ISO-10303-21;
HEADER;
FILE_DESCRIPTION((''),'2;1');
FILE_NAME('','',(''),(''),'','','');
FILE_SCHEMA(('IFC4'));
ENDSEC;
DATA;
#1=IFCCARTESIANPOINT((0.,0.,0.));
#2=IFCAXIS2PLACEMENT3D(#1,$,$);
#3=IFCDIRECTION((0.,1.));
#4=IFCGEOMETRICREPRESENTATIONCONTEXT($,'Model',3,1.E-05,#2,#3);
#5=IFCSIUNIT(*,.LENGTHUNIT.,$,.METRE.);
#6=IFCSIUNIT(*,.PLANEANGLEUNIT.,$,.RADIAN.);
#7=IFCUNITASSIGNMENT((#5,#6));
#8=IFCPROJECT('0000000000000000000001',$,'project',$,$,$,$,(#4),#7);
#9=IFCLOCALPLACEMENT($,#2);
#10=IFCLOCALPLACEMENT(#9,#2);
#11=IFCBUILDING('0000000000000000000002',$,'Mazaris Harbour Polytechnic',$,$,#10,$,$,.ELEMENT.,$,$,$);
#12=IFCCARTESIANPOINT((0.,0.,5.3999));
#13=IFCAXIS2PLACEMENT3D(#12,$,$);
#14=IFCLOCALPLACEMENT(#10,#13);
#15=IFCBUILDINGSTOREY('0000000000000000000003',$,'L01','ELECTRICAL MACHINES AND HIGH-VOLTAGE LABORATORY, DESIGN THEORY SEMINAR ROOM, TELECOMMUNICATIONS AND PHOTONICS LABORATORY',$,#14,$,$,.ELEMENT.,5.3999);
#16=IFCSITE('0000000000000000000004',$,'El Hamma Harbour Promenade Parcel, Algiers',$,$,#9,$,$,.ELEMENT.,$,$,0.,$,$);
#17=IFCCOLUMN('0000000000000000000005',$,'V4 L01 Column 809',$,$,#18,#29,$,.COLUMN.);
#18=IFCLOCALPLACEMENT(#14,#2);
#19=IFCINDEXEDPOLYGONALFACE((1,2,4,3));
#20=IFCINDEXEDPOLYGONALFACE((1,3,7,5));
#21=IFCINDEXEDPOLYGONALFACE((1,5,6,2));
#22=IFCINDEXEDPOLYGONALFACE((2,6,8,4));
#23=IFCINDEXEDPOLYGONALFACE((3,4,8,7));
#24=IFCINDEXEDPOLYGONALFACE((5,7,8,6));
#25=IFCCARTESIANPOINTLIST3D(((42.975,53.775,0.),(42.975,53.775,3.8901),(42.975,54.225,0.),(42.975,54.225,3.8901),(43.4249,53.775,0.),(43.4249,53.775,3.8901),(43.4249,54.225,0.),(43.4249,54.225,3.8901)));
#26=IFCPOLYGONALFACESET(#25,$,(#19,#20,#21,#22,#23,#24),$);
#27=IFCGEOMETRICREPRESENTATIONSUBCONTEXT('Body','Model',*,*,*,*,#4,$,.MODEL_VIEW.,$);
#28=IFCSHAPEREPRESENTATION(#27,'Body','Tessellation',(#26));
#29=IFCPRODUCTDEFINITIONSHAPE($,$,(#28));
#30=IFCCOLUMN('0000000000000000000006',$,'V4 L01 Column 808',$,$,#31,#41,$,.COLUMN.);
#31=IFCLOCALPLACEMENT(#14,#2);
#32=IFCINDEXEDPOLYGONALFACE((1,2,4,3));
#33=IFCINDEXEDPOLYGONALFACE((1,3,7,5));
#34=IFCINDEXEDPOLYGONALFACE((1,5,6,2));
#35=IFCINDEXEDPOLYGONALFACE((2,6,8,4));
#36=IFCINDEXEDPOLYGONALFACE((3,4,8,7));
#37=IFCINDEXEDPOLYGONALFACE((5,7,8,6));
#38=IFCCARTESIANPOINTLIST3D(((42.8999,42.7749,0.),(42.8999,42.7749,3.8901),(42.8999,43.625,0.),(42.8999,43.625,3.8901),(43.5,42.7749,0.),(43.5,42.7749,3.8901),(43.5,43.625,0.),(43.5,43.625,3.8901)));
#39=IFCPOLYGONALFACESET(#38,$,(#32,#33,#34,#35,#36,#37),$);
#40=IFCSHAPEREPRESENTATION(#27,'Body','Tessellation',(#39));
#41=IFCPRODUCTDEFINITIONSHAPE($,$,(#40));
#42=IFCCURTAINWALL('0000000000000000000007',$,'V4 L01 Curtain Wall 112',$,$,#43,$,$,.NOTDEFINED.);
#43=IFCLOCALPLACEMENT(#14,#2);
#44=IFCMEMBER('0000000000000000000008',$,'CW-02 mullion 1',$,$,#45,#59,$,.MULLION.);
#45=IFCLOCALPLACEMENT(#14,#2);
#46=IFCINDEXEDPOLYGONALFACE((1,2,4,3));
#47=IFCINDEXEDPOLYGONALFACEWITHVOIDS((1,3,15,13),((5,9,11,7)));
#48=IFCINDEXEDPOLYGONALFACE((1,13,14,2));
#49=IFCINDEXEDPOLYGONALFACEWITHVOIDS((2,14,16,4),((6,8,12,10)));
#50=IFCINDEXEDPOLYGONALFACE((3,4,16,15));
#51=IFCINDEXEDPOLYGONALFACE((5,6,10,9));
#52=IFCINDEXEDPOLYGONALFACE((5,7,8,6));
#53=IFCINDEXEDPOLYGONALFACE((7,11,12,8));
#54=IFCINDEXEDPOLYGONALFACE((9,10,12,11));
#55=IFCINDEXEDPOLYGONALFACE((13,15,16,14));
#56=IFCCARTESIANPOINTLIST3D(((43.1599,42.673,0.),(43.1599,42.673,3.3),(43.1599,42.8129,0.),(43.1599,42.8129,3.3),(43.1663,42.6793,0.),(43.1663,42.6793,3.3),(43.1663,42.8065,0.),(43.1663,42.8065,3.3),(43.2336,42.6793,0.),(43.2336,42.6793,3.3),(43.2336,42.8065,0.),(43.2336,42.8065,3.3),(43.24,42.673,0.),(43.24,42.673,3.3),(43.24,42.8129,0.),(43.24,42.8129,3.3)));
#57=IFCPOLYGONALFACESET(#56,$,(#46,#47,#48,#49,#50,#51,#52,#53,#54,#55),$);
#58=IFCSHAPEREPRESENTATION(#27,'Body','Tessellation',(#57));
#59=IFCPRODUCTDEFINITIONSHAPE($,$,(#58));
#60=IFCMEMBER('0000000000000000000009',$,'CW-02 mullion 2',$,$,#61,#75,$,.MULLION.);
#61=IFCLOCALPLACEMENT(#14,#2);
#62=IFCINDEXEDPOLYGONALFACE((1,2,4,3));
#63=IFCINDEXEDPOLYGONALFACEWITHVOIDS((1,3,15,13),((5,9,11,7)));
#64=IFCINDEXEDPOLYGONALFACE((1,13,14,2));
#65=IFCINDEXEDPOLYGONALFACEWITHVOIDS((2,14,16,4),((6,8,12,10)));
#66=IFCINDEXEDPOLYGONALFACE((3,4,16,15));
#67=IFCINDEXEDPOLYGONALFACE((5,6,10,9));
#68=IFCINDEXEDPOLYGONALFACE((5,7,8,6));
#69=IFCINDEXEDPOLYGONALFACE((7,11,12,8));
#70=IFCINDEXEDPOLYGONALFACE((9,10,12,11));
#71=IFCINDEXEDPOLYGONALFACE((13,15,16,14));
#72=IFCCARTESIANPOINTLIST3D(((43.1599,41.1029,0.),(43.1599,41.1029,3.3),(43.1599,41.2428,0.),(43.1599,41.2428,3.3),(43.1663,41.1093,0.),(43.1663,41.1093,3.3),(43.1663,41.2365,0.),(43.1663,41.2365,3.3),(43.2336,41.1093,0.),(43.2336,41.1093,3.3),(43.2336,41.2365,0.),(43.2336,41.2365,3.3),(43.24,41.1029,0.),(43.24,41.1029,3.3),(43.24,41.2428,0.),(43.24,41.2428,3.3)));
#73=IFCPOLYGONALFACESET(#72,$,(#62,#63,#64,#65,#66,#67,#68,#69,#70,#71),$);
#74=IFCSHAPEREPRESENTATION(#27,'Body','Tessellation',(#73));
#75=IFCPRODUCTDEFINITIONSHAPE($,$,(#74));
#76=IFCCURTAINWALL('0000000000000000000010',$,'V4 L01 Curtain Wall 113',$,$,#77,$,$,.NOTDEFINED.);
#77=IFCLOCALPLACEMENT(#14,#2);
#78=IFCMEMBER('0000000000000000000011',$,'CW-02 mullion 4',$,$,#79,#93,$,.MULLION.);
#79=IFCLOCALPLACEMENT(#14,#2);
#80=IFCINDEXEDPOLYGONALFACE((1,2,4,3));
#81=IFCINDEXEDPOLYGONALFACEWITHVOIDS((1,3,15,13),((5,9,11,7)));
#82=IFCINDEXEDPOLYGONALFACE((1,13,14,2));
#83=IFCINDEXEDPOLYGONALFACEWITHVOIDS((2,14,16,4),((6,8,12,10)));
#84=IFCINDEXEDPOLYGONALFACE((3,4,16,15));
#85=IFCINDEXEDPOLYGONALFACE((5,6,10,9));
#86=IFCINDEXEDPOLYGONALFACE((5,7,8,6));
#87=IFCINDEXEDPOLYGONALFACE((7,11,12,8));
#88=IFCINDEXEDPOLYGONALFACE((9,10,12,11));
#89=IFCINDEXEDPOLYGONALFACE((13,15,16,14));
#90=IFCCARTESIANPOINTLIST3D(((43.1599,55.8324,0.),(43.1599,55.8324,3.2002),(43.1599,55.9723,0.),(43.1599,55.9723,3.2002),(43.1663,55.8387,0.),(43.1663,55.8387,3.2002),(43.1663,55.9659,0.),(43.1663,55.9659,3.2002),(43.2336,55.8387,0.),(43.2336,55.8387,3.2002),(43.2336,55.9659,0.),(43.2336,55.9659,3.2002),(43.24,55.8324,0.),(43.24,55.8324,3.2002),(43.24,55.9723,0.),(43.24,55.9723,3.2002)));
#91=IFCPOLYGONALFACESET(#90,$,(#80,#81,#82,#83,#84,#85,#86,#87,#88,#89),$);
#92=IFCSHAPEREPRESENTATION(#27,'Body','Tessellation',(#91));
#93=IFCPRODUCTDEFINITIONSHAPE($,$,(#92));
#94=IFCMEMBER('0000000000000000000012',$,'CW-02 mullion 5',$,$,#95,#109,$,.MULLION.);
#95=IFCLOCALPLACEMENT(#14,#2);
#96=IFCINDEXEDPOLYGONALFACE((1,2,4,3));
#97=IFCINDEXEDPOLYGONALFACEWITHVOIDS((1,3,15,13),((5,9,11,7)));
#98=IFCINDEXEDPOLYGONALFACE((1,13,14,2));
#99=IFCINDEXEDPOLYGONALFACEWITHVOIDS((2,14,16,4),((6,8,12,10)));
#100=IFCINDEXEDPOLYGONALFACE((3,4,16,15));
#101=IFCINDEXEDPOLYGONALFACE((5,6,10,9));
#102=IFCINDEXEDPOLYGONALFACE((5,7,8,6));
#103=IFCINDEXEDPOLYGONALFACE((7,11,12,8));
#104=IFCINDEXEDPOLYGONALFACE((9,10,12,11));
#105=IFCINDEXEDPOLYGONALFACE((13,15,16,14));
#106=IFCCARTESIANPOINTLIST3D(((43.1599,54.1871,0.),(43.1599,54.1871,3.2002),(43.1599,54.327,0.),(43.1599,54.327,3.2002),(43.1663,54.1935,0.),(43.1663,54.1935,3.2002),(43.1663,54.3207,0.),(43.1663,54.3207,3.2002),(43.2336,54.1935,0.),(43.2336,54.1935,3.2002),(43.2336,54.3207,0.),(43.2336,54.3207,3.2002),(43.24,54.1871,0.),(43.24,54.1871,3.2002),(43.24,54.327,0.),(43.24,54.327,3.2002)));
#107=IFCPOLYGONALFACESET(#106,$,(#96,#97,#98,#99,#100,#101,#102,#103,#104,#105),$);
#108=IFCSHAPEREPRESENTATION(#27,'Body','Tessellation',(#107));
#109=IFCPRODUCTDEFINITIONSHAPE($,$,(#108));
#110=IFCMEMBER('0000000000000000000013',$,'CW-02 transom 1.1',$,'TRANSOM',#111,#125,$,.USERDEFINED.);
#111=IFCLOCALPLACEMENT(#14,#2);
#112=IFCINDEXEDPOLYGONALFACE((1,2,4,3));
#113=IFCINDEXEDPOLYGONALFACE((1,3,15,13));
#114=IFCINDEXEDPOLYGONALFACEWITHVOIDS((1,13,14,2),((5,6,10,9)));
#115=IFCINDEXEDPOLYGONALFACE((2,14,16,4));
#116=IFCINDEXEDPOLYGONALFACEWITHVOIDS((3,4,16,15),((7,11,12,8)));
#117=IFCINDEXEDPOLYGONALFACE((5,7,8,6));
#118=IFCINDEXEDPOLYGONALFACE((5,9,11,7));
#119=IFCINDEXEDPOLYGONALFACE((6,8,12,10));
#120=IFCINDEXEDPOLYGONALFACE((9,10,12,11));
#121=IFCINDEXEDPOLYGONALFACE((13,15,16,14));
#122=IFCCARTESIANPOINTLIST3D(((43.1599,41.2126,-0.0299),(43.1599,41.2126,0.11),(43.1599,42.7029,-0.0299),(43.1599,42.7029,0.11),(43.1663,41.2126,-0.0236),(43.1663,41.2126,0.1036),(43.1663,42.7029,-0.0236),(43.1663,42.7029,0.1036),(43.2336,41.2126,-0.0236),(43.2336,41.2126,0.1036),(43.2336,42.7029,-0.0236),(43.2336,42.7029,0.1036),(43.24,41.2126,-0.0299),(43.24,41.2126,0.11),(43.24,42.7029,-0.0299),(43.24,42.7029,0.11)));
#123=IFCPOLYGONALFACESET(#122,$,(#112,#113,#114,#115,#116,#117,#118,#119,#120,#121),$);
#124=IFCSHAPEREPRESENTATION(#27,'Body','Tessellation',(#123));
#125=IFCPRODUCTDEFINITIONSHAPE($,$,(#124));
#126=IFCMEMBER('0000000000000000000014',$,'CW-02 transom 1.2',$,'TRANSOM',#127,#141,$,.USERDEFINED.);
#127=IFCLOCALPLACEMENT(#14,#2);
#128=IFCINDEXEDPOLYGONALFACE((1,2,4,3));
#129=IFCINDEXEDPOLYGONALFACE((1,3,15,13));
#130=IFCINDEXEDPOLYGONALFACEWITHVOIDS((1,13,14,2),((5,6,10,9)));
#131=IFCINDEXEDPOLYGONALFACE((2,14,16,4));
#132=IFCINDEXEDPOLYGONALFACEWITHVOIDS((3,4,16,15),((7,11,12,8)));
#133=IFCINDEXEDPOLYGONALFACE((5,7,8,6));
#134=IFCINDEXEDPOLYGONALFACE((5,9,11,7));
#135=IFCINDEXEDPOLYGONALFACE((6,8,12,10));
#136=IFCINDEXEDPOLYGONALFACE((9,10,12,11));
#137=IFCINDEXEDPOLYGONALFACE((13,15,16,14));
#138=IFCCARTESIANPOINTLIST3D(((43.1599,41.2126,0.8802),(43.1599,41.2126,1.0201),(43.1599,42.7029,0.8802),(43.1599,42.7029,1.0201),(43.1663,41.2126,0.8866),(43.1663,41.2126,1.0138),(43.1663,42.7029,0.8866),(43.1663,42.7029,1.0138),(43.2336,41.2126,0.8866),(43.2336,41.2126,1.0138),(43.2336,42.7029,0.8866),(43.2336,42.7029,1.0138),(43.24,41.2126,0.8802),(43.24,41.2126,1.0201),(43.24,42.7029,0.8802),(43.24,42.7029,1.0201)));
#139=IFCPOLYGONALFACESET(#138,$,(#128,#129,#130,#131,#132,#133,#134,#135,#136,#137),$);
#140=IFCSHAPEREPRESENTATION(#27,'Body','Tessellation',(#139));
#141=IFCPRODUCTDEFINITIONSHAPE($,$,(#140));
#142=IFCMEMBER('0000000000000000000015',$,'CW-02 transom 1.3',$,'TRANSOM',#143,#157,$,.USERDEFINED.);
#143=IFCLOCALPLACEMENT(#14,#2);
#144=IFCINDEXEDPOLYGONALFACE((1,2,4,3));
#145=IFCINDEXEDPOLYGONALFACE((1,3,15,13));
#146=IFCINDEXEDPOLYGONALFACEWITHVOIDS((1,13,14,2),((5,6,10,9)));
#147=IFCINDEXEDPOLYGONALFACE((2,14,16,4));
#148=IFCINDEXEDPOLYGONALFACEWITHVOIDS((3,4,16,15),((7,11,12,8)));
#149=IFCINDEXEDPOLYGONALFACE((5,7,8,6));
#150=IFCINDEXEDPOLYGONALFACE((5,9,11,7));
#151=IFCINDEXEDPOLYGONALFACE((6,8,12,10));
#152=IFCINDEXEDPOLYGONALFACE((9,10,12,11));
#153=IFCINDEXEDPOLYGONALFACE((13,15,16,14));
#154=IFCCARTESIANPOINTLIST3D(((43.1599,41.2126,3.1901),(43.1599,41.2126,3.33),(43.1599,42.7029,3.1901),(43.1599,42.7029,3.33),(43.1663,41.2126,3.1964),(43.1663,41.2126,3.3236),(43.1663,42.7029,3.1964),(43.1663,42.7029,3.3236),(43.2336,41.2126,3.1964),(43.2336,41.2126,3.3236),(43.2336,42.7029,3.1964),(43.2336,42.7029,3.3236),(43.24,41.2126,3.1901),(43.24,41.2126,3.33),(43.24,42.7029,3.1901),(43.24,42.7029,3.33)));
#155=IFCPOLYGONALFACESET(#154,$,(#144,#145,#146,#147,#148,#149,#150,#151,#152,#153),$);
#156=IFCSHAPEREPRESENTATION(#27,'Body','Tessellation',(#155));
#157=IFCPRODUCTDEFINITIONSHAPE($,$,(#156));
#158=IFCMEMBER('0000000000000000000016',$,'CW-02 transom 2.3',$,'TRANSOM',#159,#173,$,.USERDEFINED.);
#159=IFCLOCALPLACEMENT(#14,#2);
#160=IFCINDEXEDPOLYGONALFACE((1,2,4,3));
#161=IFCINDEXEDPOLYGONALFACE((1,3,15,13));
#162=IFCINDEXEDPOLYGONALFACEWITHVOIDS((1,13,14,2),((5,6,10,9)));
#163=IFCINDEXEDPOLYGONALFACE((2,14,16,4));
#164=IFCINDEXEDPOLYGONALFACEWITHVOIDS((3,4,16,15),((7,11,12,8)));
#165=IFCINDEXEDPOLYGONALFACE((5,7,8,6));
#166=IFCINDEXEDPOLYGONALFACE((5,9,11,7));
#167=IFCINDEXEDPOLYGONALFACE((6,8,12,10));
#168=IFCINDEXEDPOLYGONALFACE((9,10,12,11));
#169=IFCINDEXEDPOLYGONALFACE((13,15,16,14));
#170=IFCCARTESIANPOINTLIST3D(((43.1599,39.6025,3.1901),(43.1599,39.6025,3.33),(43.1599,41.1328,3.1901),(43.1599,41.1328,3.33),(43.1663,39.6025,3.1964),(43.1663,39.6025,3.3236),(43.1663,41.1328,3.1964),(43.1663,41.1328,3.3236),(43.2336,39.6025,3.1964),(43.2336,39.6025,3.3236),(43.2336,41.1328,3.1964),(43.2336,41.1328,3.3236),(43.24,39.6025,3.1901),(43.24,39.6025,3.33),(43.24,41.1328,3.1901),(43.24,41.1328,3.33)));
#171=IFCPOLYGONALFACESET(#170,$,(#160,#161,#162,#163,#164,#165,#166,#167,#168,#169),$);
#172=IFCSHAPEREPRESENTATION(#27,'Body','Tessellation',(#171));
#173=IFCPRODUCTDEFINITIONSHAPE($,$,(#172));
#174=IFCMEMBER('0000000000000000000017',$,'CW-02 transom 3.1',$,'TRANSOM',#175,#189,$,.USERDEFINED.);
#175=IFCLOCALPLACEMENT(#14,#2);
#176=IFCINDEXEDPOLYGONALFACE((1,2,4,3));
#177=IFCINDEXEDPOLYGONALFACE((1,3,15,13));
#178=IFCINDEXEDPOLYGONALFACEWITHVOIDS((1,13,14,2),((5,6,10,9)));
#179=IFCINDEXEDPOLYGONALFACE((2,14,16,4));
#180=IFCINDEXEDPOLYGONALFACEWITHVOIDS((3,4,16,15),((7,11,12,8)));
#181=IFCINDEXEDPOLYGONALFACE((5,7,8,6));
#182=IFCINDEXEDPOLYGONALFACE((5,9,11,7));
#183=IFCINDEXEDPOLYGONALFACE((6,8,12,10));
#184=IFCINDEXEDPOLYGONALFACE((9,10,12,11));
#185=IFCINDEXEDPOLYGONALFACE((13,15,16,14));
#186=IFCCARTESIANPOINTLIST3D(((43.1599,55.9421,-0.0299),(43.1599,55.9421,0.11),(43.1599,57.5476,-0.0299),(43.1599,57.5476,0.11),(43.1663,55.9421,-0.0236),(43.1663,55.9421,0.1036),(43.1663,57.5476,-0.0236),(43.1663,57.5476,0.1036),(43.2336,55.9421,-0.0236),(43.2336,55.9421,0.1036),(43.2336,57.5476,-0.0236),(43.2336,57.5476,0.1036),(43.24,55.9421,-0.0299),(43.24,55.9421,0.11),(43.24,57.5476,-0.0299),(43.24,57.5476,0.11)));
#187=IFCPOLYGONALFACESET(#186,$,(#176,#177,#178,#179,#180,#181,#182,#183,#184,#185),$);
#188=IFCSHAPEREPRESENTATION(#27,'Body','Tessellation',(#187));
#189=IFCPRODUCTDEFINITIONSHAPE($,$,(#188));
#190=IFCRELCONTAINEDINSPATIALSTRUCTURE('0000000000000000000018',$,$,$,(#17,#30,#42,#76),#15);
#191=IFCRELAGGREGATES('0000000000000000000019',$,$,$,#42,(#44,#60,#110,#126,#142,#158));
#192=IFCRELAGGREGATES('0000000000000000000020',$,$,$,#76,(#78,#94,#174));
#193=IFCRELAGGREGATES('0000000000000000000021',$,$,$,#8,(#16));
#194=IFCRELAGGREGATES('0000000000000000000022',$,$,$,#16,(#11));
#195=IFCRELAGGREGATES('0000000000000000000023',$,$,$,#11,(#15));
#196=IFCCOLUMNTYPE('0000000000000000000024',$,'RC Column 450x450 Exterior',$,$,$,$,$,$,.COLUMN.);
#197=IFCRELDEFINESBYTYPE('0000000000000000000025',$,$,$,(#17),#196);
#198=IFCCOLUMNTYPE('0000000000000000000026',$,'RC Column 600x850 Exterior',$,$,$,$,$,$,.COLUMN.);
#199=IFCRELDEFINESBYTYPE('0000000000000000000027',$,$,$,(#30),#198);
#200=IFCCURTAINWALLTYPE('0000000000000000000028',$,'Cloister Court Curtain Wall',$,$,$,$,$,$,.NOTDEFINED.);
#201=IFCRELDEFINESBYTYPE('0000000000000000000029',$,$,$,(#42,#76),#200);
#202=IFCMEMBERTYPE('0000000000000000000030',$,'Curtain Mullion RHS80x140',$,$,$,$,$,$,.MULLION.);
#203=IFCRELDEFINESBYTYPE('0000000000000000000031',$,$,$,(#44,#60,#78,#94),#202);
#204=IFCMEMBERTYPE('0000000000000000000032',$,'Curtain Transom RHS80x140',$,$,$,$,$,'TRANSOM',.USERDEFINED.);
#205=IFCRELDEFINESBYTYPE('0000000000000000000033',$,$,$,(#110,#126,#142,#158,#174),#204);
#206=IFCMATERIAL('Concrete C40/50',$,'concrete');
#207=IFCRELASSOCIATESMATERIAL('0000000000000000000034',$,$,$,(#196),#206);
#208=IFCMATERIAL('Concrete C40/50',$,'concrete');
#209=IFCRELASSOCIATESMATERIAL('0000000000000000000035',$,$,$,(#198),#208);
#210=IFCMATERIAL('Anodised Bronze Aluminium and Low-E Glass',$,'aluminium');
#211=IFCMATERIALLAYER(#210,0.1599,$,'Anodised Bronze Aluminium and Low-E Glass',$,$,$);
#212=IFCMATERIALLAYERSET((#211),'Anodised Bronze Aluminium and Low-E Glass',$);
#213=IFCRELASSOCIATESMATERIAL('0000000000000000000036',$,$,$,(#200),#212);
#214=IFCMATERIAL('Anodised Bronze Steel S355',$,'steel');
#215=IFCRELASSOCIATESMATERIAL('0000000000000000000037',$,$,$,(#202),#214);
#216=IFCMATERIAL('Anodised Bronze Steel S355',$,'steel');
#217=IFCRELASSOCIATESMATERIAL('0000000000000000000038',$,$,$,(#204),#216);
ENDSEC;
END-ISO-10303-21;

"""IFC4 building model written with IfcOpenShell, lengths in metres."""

from ifc_helpers import new_model, si_unit, direction, frame, origin, origin_2d, place, context, subcontext, project, spatial, rectangle, hollow_rectangle, extrude, material, layer, layer_set, material_profile, profile_set, type_object, element, aggregate, save


model = new_model("IFC4")

# Units and contexts
model_context = context("Model", 3, precision=1e-05, world=origin(), true_north=direction((0.0, 1.0)))
body_context = subcontext(model_context, "Body", "Model", "MODEL_VIEW")
ifc_project = project(units=[si_unit("LENGTHUNIT", "METRE"), si_unit("PLANEANGLEUNIT", "RADIAN")], contexts=[model_context])

# Site, building, storey
site_placement = place(None, origin())
site = spatial("IfcSite", under=ifc_project, at=site_placement, Name="El Hamma Harbour Promenade Parcel, Algiers", CompositionType="ELEMENT", RefElevation=0.0)
building_placement = place(site_placement, origin())
building = spatial("IfcBuilding", under=site, at=building_placement, Name="Mazaris Harbour Polytechnic", CompositionType="ELEMENT")
storey_placement = place(building_placement, frame((0.0, 0.0, 5.3999)))
storey = spatial("IfcBuildingStorey", under=building, at=storey_placement, Name="L01", Description="ELECTRICAL MACHINES AND HIGH-VOLTAGE LABORATORY, DESIGN THEORY SEMINAR ROOM, TELECOMMUNICATIONS AND PHOTONICS LABORATORY", CompositionType="ELEMENT", Elevation=5.3999)

# Columns
ifc_material_1 = material(Name="Concrete C40/50", Category="concrete")
ifc_material_profile_1 = material_profile(ifc_material_1, rectangle(XDim=0.45, YDim=0.45, at=origin_2d()), Name="RECT450x450")
ifc_profile_set_1 = profile_set([ifc_material_profile_1], Name="Concrete C40/50")
column_type_1 = type_object("IfcColumnType", Name="RC Column 450x450 Exterior", PredefinedType="COLUMN", material=ifc_profile_set_1)
column_1_placement = place(storey_placement, frame((43.2, 54.0, 0.0), z_axis=(0.0, 0.0, 1.0), x_axis=(1.0, 0.0, 0.0)))
element("IfcColumn", 1, at=column_1_placement, inside=storey, type_object=column_type_1, Name="V4 L01 Column 809", PredefinedType="COLUMN", context=body_context, shape_type="SweptSolid", body=[
    extrude(rectangle(XDim=0.45, YDim=0.45, at=origin_2d()), origin(), (0.0, 0.0, 1.0), 3.8901),
])
ifc_material_2 = material(Name="Concrete C40/50", Category="concrete")
ifc_material_profile_2 = material_profile(ifc_material_2, rectangle(XDim=0.6001, YDim=0.8501, at=origin_2d()), Name="RECT600x850")
ifc_profile_set_2 = profile_set([ifc_material_profile_2], Name="Concrete C40/50")
column_type_2 = type_object("IfcColumnType", Name="RC Column 600x850 Exterior", PredefinedType="COLUMN", material=ifc_profile_set_2)
column_2_placement = place(storey_placement, frame((43.2, 43.2, 0.0), z_axis=(0.0, 0.0, 1.0), x_axis=(1.0, 0.0, 0.0)))
element("IfcColumn", 2, at=column_2_placement, inside=storey, type_object=column_type_2, Name="V4 L01 Column 808", PredefinedType="COLUMN", context=body_context, shape_type="SweptSolid", body=[
    extrude(rectangle(XDim=0.6001, YDim=0.8501, at=origin_2d()), origin(), (0.0, 0.0, 1.0), 3.8901),
])

# Curtain walls, members
ifc_material_3 = material(Name="Anodised Bronze Aluminium and Low-E Glass", Category="aluminium")
ifc_layer_1 = layer(ifc_material_3, 0.1599, Name="Anodised Bronze Aluminium and Low-E Glass")
ifc_layer_set_1 = layer_set([ifc_layer_1], Name="Anodised Bronze Aluminium and Low-E Glass")
curtain_wall_type = type_object("IfcCurtainWallType", Name="Cloister Court Curtain Wall", PredefinedType="NOTDEFINED", material=ifc_layer_set_1)
curtain_wall_1_placement = place(storey_placement, origin())
curtain_wall_1 = element("IfcCurtainWall", 3, at=curtain_wall_1_placement, inside=storey, type_object=curtain_wall_type, Name="V4 L01 Curtain Wall 112", PredefinedType="NOTDEFINED")
ifc_material_4 = material(Name="Anodised Bronze Steel S355", Category="steel")
ifc_material_profile_3 = material_profile(ifc_material_4, hollow_rectangle(XDim=0.0801, YDim=0.1399, WallThickness=0.0063, at=origin_2d()), Name="RHS 80x140x6.3")
ifc_profile_set_3 = profile_set([ifc_material_profile_3], Name="Anodised Bronze Steel S355")
member_type_1 = type_object("IfcMemberType", Name="Curtain Mullion RHS80x140", PredefinedType="MULLION", material=ifc_profile_set_3)
member_1_placement = place(storey_placement, frame((43.2, 42.7429, 0.0), z_axis=(0.0, 0.0, 1.0), x_axis=(1.0, 0.0, 0.0)))
member_1 = element("IfcMember", 4, at=member_1_placement, type_object=member_type_1, Name="CW-02 mullion 1", PredefinedType="MULLION", context=body_context, shape_type="SweptSolid", body=[
    extrude(hollow_rectangle(XDim=0.0801, YDim=0.1399, WallThickness=0.0063, at=origin_2d()), origin(), (0.0, 0.0, 1.0), 3.3),
])
member_2_placement = place(storey_placement, frame((43.2, 41.1729, 0.0), z_axis=(0.0, 0.0, 1.0), x_axis=(1.0, 0.0, 0.0)))
member_2 = element("IfcMember", 5, at=member_2_placement, type_object=member_type_1, Name="CW-02 mullion 2", PredefinedType="MULLION", context=body_context, shape_type="SweptSolid", body=[
    extrude(hollow_rectangle(XDim=0.0801, YDim=0.1399, WallThickness=0.0063, at=origin_2d()), origin(), (0.0, 0.0, 1.0), 3.3),
])
curtain_wall_2_placement = place(storey_placement, origin())
curtain_wall_2 = element("IfcCurtainWall", 6, at=curtain_wall_2_placement, inside=storey, type_object=curtain_wall_type, Name="V4 L01 Curtain Wall 113", PredefinedType="NOTDEFINED")
member_3_placement = place(storey_placement, frame((43.2, 55.9023, 0.0), z_axis=(0.0, 0.0, 1.0), x_axis=(1.0, 0.0, 0.0)))
member_3 = element("IfcMember", 7, at=member_3_placement, type_object=member_type_1, Name="CW-02 mullion 4", PredefinedType="MULLION", context=body_context, shape_type="SweptSolid", body=[
    extrude(hollow_rectangle(XDim=0.0801, YDim=0.1399, WallThickness=0.0063, at=origin_2d()), origin(), (0.0, 0.0, 1.0), 3.2002),
])
member_4_placement = place(storey_placement, frame((43.2, 54.2571, 0.0), z_axis=(0.0, 0.0, 1.0), x_axis=(1.0, 0.0, 0.0)))
member_4 = element("IfcMember", 8, at=member_4_placement, type_object=member_type_1, Name="CW-02 mullion 5", PredefinedType="MULLION", context=body_context, shape_type="SweptSolid", body=[
    extrude(hollow_rectangle(XDim=0.0801, YDim=0.1399, WallThickness=0.0063, at=origin_2d()), origin(), (0.0, 0.0, 1.0), 3.2002),
])

# Members
ifc_material_5 = material(Name="Anodised Bronze Steel S355", Category="steel")
ifc_material_profile_4 = material_profile(ifc_material_5, hollow_rectangle(XDim=0.0801, YDim=0.1399, WallThickness=0.0063, at=origin_2d()), Name="RHS 80x140x6.3")
ifc_profile_set_4 = profile_set([ifc_material_profile_4], Name="Anodised Bronze Steel S355")
member_type_2 = type_object("IfcMemberType", Name="Curtain Transom RHS80x140", ElementType="TRANSOM", PredefinedType="USERDEFINED", material=ifc_profile_set_4)
member_5_placement = place(storey_placement, frame((43.2, 42.7029, 0.04), z_axis=(0.0, -1.0, 0.0), x_axis=(1.0, 0.0, 0.0)))
member_5 = element("IfcMember", 9, at=member_5_placement, type_object=member_type_2, Name="CW-02 transom 1.1", ObjectType="TRANSOM", PredefinedType="USERDEFINED", context=body_context, shape_type="SweptSolid", body=[
    extrude(hollow_rectangle(XDim=0.0801, YDim=0.1399, WallThickness=0.0063, at=origin_2d()), origin(), (0.0, 0.0, 1.0), 1.4902),
])
member_6_placement = place(storey_placement, frame((43.2, 42.7029, 0.9502), z_axis=(0.0, -1.0, 0.0), x_axis=(1.0, 0.0, 0.0)))
member_6 = element("IfcMember", 10, at=member_6_placement, type_object=member_type_2, Name="CW-02 transom 1.2", ObjectType="TRANSOM", PredefinedType="USERDEFINED", context=body_context, shape_type="SweptSolid", body=[
    extrude(hollow_rectangle(XDim=0.0801, YDim=0.1399, WallThickness=0.0063, at=origin_2d()), origin(), (0.0, 0.0, 1.0), 1.4902),
])
member_7_placement = place(storey_placement, frame((43.2, 42.7029, 3.26), z_axis=(0.0, -1.0, 0.0), x_axis=(1.0, 0.0, 0.0)))
member_7 = element("IfcMember", 11, at=member_7_placement, type_object=member_type_2, Name="CW-02 transom 1.3", ObjectType="TRANSOM", PredefinedType="USERDEFINED", context=body_context, shape_type="SweptSolid", body=[
    extrude(hollow_rectangle(XDim=0.0801, YDim=0.1399, WallThickness=0.0063, at=origin_2d()), origin(), (0.0, 0.0, 1.0), 1.4902),
])
member_8_placement = place(storey_placement, frame((43.2, 41.1328, 3.26), z_axis=(0.0, -1.0, 0.0), x_axis=(1.0, 0.0, 0.0)))
member_8 = element("IfcMember", 12, at=member_8_placement, type_object=member_type_2, Name="CW-02 transom 2.3", ObjectType="TRANSOM", PredefinedType="USERDEFINED", context=body_context, shape_type="SweptSolid", body=[
    extrude(hollow_rectangle(XDim=0.0801, YDim=0.1399, WallThickness=0.0063, at=origin_2d()), origin(), (0.0, 0.0, 1.0), 1.5303),
])
member_9_placement = place(storey_placement, frame((43.2, 57.5476, 0.04), z_axis=(0.0, -1.0, 0.0), x_axis=(1.0, 0.0, 0.0)))
member_9 = element("IfcMember", 13, at=member_9_placement, type_object=member_type_2, Name="CW-02 transom 3.1", ObjectType="TRANSOM", PredefinedType="USERDEFINED", context=body_context, shape_type="SweptSolid", body=[
    extrude(hollow_rectangle(XDim=0.0801, YDim=0.1399, WallThickness=0.0063, at=origin_2d()), origin(), (0.0, 0.0, 1.0), 1.6055),
])

aggregate(curtain_wall_1, [member_1, member_2, member_5, member_6, member_7, member_8])
aggregate(curtain_wall_2, [member_3, member_4, member_9])

save(model, "model.ifc")
